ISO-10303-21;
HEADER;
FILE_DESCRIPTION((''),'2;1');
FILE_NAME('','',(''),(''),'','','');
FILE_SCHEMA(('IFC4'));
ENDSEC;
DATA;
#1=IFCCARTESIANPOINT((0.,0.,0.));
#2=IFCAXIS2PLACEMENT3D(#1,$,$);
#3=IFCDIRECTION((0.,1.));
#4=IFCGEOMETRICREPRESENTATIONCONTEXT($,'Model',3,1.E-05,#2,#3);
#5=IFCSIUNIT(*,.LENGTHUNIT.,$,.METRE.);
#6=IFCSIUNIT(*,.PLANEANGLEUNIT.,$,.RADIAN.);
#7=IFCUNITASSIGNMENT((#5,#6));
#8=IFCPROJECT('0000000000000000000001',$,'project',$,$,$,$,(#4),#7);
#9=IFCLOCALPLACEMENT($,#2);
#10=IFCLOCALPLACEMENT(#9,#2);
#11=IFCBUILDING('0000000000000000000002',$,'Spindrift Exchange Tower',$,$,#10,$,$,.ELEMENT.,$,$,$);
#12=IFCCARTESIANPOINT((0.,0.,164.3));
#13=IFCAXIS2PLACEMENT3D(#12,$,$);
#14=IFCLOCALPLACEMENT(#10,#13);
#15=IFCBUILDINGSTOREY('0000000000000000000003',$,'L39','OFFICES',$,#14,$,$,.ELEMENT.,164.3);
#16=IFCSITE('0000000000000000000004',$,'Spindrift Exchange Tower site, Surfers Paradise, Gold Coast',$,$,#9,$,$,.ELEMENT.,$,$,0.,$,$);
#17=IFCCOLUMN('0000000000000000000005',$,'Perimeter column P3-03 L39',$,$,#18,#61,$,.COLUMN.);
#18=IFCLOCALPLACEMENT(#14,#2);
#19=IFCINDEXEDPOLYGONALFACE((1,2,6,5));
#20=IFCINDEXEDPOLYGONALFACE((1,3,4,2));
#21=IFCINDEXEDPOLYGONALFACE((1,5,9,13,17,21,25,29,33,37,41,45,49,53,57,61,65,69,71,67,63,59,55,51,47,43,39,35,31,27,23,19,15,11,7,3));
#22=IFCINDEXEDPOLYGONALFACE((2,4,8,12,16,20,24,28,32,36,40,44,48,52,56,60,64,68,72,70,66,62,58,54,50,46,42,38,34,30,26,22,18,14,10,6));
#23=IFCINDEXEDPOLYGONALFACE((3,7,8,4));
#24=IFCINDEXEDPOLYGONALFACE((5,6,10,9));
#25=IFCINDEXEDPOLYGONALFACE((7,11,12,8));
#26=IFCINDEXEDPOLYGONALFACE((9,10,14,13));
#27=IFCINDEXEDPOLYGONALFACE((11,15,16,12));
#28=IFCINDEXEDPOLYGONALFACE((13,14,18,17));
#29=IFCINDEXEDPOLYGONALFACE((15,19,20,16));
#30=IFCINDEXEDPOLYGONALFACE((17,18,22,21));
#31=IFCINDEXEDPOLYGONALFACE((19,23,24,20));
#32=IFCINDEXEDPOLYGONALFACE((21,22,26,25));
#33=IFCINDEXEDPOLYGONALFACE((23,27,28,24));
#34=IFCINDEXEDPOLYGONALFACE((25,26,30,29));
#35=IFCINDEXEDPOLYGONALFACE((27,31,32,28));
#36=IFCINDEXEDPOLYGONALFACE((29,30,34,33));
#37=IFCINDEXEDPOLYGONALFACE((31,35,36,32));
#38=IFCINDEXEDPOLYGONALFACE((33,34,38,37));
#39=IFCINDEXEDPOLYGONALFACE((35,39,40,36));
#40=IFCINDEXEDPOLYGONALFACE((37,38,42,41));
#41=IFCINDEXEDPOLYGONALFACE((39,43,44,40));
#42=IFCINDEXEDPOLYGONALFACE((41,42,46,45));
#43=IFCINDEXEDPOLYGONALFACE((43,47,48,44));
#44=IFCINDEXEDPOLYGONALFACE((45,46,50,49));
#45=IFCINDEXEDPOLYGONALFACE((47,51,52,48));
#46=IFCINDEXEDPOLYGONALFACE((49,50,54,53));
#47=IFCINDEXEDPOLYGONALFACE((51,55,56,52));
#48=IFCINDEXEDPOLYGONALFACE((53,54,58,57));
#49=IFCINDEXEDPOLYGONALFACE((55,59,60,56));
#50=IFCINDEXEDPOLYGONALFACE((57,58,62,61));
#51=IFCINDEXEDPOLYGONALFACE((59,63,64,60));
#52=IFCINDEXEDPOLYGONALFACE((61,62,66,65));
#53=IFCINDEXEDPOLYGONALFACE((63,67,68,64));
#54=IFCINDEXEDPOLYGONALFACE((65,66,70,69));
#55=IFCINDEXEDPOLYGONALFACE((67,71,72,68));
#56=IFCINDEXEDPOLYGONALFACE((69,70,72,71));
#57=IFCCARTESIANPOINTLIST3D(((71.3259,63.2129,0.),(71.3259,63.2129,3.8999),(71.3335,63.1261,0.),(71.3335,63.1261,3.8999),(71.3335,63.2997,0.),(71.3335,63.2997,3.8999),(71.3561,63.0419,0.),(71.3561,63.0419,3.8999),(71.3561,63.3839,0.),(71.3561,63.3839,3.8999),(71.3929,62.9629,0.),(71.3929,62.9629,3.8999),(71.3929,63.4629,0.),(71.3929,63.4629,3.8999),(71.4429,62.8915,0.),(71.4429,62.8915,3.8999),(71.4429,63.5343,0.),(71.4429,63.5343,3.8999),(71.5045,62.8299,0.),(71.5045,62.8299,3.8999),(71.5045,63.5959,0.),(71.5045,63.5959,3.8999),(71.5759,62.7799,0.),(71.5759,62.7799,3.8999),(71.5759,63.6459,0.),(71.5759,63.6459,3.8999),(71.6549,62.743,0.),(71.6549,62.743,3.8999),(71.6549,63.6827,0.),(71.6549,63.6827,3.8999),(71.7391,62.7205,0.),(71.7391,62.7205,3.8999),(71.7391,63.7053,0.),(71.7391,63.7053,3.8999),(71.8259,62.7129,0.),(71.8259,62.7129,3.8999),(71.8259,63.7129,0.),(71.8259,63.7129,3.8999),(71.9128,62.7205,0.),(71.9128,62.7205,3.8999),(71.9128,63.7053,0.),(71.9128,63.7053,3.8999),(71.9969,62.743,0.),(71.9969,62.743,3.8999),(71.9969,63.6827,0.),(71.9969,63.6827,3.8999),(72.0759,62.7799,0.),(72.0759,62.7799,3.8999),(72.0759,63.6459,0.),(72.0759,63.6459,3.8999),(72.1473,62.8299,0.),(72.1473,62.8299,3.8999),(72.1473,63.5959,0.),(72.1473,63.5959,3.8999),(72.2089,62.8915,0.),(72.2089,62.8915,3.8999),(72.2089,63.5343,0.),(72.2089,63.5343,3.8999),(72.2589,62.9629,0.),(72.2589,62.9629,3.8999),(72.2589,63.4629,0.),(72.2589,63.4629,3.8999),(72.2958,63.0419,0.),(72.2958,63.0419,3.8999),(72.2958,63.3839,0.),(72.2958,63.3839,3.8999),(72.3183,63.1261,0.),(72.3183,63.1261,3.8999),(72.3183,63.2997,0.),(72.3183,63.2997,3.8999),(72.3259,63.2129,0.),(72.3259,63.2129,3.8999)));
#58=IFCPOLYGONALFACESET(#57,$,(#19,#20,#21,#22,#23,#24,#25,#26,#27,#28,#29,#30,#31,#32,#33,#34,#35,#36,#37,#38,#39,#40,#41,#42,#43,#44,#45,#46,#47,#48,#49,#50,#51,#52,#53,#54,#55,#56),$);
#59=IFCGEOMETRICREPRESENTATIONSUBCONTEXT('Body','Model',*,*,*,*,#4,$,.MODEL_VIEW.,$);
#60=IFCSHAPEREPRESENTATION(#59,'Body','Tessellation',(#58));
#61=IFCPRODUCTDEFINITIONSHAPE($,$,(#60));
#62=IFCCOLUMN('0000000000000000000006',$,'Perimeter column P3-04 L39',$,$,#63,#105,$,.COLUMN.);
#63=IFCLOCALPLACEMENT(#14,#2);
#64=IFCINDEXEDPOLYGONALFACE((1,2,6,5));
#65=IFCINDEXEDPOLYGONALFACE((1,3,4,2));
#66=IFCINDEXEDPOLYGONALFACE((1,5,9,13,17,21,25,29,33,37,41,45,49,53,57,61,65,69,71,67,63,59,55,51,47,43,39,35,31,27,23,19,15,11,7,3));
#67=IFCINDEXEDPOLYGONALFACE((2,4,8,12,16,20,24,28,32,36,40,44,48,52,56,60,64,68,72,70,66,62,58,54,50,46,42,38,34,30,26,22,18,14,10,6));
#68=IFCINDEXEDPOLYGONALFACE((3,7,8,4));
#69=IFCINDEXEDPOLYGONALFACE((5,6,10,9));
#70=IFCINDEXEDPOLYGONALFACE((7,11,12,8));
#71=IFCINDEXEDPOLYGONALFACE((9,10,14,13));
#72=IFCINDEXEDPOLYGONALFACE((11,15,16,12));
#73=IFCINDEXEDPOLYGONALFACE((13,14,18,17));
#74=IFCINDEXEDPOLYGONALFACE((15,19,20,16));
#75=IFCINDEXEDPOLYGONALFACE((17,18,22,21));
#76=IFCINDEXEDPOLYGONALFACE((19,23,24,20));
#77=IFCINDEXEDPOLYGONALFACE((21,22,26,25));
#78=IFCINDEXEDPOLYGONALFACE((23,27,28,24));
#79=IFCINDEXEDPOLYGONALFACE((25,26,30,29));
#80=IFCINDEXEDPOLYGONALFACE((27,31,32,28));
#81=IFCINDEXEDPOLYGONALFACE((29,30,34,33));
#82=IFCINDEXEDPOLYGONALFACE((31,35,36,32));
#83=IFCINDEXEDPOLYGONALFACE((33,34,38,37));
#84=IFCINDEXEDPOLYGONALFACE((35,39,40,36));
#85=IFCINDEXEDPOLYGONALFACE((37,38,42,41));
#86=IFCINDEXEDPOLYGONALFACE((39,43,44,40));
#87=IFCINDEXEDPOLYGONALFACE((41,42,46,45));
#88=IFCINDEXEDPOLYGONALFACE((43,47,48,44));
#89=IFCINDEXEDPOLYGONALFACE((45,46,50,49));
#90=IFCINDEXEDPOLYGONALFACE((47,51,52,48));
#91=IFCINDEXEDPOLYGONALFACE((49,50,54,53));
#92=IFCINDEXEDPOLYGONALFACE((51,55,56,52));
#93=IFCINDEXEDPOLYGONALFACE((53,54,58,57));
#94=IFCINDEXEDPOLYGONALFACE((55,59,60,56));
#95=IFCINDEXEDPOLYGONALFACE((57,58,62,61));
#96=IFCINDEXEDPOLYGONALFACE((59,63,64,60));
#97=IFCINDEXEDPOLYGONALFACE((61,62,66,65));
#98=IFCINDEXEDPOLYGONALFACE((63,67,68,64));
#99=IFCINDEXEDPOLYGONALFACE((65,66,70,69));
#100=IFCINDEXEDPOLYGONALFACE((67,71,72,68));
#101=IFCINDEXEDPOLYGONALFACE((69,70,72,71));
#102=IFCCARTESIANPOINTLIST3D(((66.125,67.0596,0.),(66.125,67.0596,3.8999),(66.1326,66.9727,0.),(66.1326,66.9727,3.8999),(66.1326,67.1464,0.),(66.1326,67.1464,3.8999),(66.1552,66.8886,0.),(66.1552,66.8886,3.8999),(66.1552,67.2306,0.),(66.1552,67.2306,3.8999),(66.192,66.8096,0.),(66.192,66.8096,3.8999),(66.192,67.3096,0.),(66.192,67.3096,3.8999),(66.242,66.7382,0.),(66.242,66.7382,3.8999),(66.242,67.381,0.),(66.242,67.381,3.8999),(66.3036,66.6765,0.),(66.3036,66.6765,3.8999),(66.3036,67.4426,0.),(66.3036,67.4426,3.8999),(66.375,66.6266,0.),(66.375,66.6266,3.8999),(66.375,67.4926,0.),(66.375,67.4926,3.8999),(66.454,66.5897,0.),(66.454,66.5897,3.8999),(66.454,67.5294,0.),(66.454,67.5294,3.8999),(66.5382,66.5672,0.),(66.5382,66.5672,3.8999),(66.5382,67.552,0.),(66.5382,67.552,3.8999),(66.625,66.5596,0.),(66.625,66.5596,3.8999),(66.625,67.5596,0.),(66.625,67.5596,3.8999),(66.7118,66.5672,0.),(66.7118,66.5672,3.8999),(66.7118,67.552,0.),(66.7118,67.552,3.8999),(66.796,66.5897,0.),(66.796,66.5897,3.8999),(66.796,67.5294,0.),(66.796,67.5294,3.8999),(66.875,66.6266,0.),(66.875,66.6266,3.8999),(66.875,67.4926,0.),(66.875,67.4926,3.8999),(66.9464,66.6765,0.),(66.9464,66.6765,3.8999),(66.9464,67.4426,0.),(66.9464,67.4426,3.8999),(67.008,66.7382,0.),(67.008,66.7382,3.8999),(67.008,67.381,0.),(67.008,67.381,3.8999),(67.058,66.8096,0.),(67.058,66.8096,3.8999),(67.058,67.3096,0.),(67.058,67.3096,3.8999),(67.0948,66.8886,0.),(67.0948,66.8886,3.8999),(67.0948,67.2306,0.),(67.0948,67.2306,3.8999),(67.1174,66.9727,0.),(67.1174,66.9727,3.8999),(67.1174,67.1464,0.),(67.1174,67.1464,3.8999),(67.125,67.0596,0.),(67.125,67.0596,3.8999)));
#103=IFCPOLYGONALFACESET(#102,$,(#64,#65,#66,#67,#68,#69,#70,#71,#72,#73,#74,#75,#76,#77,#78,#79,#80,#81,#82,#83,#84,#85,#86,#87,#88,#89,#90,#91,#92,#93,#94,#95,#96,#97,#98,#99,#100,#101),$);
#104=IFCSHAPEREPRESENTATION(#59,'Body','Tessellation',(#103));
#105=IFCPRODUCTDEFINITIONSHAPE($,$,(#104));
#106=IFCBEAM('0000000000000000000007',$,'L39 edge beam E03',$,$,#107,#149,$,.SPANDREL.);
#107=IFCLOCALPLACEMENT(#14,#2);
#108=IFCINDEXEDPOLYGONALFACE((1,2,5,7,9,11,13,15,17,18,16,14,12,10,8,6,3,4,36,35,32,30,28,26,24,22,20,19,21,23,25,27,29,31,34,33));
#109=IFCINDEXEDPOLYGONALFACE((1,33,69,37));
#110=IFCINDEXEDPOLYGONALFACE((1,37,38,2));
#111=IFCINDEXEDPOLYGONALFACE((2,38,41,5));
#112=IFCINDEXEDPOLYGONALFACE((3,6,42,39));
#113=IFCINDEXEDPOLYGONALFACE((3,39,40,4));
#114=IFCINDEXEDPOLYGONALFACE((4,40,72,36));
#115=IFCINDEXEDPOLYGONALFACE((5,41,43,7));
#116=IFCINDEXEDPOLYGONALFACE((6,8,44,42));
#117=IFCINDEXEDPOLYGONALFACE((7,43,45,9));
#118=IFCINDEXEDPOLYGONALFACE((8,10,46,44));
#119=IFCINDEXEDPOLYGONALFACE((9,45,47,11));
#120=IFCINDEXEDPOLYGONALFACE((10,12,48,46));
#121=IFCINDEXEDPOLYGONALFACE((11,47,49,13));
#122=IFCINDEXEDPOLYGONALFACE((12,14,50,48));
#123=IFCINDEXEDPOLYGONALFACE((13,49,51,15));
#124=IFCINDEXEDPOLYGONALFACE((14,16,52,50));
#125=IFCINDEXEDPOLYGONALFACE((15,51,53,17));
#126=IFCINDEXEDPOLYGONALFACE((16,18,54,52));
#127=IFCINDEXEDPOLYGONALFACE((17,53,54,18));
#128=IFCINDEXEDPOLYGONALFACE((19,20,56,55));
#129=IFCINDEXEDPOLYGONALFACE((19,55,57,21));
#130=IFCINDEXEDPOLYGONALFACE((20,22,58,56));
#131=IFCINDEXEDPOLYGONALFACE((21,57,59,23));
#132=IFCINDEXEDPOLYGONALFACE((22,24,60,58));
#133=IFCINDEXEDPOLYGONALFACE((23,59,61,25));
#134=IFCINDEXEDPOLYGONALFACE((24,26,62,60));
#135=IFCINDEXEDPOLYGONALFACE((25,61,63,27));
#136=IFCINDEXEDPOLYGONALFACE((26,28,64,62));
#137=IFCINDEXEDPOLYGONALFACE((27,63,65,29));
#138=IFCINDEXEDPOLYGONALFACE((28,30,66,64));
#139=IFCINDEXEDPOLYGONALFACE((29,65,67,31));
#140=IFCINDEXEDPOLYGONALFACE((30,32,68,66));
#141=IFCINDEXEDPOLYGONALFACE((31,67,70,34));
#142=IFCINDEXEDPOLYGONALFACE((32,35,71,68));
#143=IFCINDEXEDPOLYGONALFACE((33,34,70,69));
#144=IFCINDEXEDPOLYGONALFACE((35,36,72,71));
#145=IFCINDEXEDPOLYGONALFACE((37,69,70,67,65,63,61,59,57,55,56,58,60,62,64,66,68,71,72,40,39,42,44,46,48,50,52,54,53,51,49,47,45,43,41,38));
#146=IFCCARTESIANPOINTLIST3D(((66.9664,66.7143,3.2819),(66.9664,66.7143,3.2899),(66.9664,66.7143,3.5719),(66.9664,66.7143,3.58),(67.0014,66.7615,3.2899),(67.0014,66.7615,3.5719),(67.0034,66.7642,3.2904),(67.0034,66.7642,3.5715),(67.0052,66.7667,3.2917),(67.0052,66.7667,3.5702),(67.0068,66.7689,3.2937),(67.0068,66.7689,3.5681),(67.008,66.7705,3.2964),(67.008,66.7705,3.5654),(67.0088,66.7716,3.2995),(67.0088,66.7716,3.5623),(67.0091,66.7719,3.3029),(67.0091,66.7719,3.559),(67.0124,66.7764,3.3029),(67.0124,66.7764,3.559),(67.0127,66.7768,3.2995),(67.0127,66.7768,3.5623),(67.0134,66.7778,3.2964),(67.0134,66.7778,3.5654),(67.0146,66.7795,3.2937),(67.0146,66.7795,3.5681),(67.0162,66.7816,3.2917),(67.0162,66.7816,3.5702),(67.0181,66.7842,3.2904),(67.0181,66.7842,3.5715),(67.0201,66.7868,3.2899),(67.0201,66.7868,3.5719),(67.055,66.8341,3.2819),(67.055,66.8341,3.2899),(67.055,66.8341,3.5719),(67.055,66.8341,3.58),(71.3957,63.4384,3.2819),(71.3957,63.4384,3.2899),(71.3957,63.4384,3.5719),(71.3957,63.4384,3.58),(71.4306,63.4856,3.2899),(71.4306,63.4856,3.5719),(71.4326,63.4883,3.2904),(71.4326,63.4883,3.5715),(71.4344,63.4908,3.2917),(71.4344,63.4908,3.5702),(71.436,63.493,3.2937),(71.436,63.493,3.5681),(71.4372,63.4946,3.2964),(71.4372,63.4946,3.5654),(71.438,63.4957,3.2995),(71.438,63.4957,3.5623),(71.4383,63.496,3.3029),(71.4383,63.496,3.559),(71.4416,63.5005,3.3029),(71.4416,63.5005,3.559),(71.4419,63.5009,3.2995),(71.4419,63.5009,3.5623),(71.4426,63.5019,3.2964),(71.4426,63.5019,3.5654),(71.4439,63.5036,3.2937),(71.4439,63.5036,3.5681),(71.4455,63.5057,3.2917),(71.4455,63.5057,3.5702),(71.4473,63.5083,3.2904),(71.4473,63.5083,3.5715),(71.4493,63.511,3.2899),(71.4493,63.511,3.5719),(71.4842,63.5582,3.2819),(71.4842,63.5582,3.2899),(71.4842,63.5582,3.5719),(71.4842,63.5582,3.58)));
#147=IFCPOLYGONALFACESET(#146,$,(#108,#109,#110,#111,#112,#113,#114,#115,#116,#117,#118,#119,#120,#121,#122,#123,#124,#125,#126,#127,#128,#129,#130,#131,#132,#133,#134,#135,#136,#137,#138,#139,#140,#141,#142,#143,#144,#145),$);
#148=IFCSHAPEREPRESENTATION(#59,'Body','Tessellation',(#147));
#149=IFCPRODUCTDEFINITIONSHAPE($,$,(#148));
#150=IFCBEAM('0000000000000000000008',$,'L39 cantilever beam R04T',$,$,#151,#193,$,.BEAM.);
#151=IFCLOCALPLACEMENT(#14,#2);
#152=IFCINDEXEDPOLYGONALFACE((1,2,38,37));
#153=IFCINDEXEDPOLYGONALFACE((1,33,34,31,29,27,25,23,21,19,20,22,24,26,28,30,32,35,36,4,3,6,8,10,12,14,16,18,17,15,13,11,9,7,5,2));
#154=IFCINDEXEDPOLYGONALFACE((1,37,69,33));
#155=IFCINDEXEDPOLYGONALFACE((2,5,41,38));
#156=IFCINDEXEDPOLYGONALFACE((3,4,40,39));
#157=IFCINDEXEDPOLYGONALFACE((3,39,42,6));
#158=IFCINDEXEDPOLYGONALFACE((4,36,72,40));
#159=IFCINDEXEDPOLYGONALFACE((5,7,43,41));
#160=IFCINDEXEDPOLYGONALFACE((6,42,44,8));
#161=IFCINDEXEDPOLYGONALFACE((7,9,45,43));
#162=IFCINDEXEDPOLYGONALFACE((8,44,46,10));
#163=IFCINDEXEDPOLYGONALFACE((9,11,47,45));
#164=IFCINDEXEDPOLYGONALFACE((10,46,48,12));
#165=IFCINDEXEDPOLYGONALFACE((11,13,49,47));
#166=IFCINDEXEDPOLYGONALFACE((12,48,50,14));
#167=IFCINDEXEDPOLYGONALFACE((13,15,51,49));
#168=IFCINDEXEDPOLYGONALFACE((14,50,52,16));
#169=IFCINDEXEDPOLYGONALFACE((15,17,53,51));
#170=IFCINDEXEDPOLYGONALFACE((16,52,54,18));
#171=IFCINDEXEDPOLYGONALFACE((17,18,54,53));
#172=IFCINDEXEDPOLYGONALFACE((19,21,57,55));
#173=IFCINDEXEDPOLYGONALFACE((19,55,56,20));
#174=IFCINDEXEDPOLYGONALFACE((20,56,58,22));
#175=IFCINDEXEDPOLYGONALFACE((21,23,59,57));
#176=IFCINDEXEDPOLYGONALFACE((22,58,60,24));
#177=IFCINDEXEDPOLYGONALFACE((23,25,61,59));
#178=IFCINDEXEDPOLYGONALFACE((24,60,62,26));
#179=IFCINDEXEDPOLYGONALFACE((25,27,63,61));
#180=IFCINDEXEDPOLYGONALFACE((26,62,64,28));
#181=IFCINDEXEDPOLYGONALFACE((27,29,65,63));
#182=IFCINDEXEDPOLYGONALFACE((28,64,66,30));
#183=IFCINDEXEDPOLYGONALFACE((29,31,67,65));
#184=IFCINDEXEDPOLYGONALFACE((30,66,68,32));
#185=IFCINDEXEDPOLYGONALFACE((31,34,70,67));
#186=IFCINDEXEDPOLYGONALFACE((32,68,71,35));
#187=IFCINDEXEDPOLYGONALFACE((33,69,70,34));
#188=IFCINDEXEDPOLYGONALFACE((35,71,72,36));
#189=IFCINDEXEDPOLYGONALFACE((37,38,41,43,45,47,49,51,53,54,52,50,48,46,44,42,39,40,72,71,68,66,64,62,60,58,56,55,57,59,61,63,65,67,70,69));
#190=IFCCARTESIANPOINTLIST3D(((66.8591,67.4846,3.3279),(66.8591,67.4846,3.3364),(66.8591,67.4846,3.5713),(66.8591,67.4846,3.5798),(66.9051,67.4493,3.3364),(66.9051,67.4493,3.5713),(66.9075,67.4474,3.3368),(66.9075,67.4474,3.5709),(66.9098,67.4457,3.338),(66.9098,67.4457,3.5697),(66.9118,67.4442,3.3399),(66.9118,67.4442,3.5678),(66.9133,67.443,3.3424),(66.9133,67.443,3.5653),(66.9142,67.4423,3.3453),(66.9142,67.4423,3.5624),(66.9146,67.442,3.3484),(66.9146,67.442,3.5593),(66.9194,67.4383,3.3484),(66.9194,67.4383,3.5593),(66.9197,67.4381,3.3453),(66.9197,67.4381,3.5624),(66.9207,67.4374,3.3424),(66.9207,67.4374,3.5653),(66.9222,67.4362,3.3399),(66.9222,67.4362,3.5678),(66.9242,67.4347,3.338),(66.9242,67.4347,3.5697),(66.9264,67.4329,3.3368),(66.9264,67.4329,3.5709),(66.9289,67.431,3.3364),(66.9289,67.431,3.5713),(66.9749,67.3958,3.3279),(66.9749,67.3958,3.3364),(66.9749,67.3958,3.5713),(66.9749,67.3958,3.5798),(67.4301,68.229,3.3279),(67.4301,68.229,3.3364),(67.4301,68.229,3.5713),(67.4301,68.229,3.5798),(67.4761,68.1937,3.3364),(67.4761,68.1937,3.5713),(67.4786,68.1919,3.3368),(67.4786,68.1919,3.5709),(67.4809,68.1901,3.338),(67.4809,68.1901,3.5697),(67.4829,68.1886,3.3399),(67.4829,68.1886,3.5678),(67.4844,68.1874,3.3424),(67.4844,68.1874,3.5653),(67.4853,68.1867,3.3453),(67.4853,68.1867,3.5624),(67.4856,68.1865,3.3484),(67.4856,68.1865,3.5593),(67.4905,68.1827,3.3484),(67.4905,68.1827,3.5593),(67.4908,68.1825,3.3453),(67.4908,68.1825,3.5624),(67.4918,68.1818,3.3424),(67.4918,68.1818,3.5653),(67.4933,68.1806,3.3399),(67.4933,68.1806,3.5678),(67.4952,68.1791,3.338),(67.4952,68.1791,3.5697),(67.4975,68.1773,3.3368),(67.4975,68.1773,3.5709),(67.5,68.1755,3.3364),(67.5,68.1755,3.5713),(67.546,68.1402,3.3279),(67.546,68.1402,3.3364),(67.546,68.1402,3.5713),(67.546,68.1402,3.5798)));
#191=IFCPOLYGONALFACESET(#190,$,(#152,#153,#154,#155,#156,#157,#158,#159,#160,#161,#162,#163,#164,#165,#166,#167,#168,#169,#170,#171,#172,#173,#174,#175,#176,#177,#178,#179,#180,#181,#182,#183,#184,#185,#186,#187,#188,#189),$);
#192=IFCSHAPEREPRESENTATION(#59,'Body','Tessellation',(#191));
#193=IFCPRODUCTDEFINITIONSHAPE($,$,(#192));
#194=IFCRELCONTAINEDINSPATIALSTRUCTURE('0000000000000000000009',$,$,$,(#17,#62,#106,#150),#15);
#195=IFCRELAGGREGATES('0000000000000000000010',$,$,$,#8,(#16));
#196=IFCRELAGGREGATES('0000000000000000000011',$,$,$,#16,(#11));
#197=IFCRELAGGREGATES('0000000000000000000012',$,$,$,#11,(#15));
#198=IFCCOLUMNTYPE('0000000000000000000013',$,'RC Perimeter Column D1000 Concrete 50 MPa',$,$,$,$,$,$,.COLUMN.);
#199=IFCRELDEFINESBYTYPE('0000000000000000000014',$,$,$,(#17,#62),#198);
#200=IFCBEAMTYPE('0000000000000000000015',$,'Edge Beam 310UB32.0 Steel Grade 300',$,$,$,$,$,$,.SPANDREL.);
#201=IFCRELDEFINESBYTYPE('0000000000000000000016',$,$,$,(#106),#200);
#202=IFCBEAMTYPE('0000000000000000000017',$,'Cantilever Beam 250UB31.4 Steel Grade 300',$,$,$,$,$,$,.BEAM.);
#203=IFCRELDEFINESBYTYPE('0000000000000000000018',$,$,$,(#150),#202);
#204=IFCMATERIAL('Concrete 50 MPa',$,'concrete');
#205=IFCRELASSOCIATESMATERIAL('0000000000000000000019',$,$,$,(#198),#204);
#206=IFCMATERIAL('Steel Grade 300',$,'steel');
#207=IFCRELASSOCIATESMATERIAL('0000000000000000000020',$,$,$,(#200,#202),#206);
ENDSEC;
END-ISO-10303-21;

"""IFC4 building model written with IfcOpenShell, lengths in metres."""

from ifc_helpers import new_model, si_unit, direction, frame, origin, origin_2d, place, context, subcontext, project, spatial, circle, i_section, extrude, source, transform, mapped, material, material_profile, profile_set, type_object, element, save


model = new_model("IFC4")

# Units and contexts
model_context = context("Model", 3, precision=1e-05, world=origin(), true_north=direction((0.0, 1.0)))
body_context = subcontext(model_context, "Body", "Model", "MODEL_VIEW")
ifc_project = project(units=[si_unit("LENGTHUNIT", "METRE"), si_unit("PLANEANGLEUNIT", "RADIAN")], contexts=[model_context])

# Site, building, storey
site_placement = place(None, origin())
site = spatial("IfcSite", under=ifc_project, at=site_placement, Name="Spindrift Exchange Tower site, Surfers Paradise, Gold Coast", CompositionType="ELEMENT", RefElevation=0.0)
building_placement = place(site_placement, origin())
building = spatial("IfcBuilding", under=site, at=building_placement, Name="Spindrift Exchange Tower", CompositionType="ELEMENT")
storey_placement = place(building_placement, frame((0.0, 0.0, 164.3)))
storey = spatial("IfcBuildingStorey", under=building, at=storey_placement, Name="L39", Description="OFFICES", CompositionType="ELEMENT", Elevation=164.3)

# Columns
ifc_material_1 = material(Name="Concrete 50 MPa", Category="concrete")
ifc_material_profile_1 = material_profile(ifc_material_1, circle(Radius=0.5, at=origin_2d()), Name="RC D1000")
ifc_profile_set_1 = profile_set([ifc_material_profile_1], Name="Concrete 50 MPa")
column_type = type_object("IfcColumnType", Name="RC Perimeter Column D1000 Concrete 50 MPa", PredefinedType="COLUMN", material=ifc_profile_set_1)
shared_shape_1 = source(origin(), body_context, "Body", "SweptSolid", [
    extrude(circle(Radius=0.5, at=origin_2d()), origin(), (0.0, 0.0, 1.0), 3.8999),
])
for number, where, z_axis, x_axis, name in (
    (1, (71.8259, 63.2129, 0.0), (0.0, 0.0, 1.0), (1.0, 0.0, 0.0), "Perimeter column P3-03 L39"),
    (2, (66.625, 67.0596, 0.0), (0.0, 0.0, 1.0), (1.0, 0.0, 0.0), "Perimeter column P3-04 L39"),
):
    element("IfcColumn", number, at=place(storey_placement, frame(where, z_axis=z_axis, x_axis=x_axis)), inside=storey, type_object=column_type, Name=name, PredefinedType="COLUMN", context=body_context, shape_type="MappedRepresentation", body=[
        mapped(shared_shape_1, transform((0.0, 0.0, 0.0), scale=1.0)),
    ])

# Beams
ifc_material_2 = material(Name="Steel Grade 300", Category="steel")
ifc_material_profile_2 = material_profile(ifc_material_2, i_section(OverallWidth=0.1489, OverallDepth=0.2981, WebThickness=0.0056, FlangeThickness=0.0081, FilletRadius=0.0129, at=origin_2d()), Name="310UB32.0")
ifc_profile_set_2 = profile_set([ifc_material_profile_2], Name="Steel Grade 300")
beam_type_1 = type_object("IfcBeamType", Name="Edge Beam 310UB32.0 Steel Grade 300", PredefinedType="SPANDREL", material=ifc_profile_set_2)
shared_shape_2 = source(origin(), body_context, "Body", "SweptSolid", [
    extrude(i_section(OverallWidth=0.1489, OverallDepth=0.2981, WebThickness=0.0056, FlangeThickness=0.0081, FilletRadius=0.0129, at=origin_2d()), origin(), (0.0, 0.0, 1.0), 5.509),
])
beam_1_placement = place(storey_placement, frame((71.4399, 63.4983, 3.4309), z_axis=(-0.803992, 0.59464, 0.0), x_axis=(-0.59464, -0.803992, 0.0)))
element("IfcBeam", 3, at=beam_1_placement, inside=storey, type_object=beam_type_1, Name="L39 edge beam E03", PredefinedType="SPANDREL", context=body_context, shape_type="MappedRepresentation", body=[
    mapped(shared_shape_2, transform((0.0, 0.0, 0.0), scale=1.0)),
])
ifc_material_profile_3 = material_profile(ifc_material_2, i_section(OverallWidth=0.146, OverallDepth=0.252, WebThickness=0.0061, FlangeThickness=0.0085, FilletRadius=0.012, at=origin_2d()), Name="250UB31.4")
ifc_profile_set_3 = profile_set([ifc_material_profile_3], Name="Steel Grade 300")
beam_type_2 = type_object("IfcBeamType", Name="Cantilever Beam 250UB31.4 Steel Grade 300", PredefinedType="BEAM", material=ifc_profile_set_3)
shared_shape_3 = source(origin(), body_context, "Body", "SweptSolid", [
    extrude(i_section(OverallWidth=0.146, OverallDepth=0.252, WebThickness=0.0061, FlangeThickness=0.0085, FilletRadius=0.012, at=origin_2d()), origin(), (0.0, 0.0, 1.0), 0.9382),
])
beam_2_placement = place(storey_placement, frame((66.917, 67.4402, 3.4539), z_axis=(0.608666, 0.793426, 0.0), x_axis=(-0.793426, 0.608666, 0.0)))
element("IfcBeam", 4, at=beam_2_placement, inside=storey, type_object=beam_type_2, Name="L39 cantilever beam R04T", PredefinedType="BEAM", context=body_context, shape_type="MappedRepresentation", body=[
    mapped(shared_shape_3, transform((0.0, 0.0, 0.0), scale=1.0)),
])

save(model, "model.ifc")
